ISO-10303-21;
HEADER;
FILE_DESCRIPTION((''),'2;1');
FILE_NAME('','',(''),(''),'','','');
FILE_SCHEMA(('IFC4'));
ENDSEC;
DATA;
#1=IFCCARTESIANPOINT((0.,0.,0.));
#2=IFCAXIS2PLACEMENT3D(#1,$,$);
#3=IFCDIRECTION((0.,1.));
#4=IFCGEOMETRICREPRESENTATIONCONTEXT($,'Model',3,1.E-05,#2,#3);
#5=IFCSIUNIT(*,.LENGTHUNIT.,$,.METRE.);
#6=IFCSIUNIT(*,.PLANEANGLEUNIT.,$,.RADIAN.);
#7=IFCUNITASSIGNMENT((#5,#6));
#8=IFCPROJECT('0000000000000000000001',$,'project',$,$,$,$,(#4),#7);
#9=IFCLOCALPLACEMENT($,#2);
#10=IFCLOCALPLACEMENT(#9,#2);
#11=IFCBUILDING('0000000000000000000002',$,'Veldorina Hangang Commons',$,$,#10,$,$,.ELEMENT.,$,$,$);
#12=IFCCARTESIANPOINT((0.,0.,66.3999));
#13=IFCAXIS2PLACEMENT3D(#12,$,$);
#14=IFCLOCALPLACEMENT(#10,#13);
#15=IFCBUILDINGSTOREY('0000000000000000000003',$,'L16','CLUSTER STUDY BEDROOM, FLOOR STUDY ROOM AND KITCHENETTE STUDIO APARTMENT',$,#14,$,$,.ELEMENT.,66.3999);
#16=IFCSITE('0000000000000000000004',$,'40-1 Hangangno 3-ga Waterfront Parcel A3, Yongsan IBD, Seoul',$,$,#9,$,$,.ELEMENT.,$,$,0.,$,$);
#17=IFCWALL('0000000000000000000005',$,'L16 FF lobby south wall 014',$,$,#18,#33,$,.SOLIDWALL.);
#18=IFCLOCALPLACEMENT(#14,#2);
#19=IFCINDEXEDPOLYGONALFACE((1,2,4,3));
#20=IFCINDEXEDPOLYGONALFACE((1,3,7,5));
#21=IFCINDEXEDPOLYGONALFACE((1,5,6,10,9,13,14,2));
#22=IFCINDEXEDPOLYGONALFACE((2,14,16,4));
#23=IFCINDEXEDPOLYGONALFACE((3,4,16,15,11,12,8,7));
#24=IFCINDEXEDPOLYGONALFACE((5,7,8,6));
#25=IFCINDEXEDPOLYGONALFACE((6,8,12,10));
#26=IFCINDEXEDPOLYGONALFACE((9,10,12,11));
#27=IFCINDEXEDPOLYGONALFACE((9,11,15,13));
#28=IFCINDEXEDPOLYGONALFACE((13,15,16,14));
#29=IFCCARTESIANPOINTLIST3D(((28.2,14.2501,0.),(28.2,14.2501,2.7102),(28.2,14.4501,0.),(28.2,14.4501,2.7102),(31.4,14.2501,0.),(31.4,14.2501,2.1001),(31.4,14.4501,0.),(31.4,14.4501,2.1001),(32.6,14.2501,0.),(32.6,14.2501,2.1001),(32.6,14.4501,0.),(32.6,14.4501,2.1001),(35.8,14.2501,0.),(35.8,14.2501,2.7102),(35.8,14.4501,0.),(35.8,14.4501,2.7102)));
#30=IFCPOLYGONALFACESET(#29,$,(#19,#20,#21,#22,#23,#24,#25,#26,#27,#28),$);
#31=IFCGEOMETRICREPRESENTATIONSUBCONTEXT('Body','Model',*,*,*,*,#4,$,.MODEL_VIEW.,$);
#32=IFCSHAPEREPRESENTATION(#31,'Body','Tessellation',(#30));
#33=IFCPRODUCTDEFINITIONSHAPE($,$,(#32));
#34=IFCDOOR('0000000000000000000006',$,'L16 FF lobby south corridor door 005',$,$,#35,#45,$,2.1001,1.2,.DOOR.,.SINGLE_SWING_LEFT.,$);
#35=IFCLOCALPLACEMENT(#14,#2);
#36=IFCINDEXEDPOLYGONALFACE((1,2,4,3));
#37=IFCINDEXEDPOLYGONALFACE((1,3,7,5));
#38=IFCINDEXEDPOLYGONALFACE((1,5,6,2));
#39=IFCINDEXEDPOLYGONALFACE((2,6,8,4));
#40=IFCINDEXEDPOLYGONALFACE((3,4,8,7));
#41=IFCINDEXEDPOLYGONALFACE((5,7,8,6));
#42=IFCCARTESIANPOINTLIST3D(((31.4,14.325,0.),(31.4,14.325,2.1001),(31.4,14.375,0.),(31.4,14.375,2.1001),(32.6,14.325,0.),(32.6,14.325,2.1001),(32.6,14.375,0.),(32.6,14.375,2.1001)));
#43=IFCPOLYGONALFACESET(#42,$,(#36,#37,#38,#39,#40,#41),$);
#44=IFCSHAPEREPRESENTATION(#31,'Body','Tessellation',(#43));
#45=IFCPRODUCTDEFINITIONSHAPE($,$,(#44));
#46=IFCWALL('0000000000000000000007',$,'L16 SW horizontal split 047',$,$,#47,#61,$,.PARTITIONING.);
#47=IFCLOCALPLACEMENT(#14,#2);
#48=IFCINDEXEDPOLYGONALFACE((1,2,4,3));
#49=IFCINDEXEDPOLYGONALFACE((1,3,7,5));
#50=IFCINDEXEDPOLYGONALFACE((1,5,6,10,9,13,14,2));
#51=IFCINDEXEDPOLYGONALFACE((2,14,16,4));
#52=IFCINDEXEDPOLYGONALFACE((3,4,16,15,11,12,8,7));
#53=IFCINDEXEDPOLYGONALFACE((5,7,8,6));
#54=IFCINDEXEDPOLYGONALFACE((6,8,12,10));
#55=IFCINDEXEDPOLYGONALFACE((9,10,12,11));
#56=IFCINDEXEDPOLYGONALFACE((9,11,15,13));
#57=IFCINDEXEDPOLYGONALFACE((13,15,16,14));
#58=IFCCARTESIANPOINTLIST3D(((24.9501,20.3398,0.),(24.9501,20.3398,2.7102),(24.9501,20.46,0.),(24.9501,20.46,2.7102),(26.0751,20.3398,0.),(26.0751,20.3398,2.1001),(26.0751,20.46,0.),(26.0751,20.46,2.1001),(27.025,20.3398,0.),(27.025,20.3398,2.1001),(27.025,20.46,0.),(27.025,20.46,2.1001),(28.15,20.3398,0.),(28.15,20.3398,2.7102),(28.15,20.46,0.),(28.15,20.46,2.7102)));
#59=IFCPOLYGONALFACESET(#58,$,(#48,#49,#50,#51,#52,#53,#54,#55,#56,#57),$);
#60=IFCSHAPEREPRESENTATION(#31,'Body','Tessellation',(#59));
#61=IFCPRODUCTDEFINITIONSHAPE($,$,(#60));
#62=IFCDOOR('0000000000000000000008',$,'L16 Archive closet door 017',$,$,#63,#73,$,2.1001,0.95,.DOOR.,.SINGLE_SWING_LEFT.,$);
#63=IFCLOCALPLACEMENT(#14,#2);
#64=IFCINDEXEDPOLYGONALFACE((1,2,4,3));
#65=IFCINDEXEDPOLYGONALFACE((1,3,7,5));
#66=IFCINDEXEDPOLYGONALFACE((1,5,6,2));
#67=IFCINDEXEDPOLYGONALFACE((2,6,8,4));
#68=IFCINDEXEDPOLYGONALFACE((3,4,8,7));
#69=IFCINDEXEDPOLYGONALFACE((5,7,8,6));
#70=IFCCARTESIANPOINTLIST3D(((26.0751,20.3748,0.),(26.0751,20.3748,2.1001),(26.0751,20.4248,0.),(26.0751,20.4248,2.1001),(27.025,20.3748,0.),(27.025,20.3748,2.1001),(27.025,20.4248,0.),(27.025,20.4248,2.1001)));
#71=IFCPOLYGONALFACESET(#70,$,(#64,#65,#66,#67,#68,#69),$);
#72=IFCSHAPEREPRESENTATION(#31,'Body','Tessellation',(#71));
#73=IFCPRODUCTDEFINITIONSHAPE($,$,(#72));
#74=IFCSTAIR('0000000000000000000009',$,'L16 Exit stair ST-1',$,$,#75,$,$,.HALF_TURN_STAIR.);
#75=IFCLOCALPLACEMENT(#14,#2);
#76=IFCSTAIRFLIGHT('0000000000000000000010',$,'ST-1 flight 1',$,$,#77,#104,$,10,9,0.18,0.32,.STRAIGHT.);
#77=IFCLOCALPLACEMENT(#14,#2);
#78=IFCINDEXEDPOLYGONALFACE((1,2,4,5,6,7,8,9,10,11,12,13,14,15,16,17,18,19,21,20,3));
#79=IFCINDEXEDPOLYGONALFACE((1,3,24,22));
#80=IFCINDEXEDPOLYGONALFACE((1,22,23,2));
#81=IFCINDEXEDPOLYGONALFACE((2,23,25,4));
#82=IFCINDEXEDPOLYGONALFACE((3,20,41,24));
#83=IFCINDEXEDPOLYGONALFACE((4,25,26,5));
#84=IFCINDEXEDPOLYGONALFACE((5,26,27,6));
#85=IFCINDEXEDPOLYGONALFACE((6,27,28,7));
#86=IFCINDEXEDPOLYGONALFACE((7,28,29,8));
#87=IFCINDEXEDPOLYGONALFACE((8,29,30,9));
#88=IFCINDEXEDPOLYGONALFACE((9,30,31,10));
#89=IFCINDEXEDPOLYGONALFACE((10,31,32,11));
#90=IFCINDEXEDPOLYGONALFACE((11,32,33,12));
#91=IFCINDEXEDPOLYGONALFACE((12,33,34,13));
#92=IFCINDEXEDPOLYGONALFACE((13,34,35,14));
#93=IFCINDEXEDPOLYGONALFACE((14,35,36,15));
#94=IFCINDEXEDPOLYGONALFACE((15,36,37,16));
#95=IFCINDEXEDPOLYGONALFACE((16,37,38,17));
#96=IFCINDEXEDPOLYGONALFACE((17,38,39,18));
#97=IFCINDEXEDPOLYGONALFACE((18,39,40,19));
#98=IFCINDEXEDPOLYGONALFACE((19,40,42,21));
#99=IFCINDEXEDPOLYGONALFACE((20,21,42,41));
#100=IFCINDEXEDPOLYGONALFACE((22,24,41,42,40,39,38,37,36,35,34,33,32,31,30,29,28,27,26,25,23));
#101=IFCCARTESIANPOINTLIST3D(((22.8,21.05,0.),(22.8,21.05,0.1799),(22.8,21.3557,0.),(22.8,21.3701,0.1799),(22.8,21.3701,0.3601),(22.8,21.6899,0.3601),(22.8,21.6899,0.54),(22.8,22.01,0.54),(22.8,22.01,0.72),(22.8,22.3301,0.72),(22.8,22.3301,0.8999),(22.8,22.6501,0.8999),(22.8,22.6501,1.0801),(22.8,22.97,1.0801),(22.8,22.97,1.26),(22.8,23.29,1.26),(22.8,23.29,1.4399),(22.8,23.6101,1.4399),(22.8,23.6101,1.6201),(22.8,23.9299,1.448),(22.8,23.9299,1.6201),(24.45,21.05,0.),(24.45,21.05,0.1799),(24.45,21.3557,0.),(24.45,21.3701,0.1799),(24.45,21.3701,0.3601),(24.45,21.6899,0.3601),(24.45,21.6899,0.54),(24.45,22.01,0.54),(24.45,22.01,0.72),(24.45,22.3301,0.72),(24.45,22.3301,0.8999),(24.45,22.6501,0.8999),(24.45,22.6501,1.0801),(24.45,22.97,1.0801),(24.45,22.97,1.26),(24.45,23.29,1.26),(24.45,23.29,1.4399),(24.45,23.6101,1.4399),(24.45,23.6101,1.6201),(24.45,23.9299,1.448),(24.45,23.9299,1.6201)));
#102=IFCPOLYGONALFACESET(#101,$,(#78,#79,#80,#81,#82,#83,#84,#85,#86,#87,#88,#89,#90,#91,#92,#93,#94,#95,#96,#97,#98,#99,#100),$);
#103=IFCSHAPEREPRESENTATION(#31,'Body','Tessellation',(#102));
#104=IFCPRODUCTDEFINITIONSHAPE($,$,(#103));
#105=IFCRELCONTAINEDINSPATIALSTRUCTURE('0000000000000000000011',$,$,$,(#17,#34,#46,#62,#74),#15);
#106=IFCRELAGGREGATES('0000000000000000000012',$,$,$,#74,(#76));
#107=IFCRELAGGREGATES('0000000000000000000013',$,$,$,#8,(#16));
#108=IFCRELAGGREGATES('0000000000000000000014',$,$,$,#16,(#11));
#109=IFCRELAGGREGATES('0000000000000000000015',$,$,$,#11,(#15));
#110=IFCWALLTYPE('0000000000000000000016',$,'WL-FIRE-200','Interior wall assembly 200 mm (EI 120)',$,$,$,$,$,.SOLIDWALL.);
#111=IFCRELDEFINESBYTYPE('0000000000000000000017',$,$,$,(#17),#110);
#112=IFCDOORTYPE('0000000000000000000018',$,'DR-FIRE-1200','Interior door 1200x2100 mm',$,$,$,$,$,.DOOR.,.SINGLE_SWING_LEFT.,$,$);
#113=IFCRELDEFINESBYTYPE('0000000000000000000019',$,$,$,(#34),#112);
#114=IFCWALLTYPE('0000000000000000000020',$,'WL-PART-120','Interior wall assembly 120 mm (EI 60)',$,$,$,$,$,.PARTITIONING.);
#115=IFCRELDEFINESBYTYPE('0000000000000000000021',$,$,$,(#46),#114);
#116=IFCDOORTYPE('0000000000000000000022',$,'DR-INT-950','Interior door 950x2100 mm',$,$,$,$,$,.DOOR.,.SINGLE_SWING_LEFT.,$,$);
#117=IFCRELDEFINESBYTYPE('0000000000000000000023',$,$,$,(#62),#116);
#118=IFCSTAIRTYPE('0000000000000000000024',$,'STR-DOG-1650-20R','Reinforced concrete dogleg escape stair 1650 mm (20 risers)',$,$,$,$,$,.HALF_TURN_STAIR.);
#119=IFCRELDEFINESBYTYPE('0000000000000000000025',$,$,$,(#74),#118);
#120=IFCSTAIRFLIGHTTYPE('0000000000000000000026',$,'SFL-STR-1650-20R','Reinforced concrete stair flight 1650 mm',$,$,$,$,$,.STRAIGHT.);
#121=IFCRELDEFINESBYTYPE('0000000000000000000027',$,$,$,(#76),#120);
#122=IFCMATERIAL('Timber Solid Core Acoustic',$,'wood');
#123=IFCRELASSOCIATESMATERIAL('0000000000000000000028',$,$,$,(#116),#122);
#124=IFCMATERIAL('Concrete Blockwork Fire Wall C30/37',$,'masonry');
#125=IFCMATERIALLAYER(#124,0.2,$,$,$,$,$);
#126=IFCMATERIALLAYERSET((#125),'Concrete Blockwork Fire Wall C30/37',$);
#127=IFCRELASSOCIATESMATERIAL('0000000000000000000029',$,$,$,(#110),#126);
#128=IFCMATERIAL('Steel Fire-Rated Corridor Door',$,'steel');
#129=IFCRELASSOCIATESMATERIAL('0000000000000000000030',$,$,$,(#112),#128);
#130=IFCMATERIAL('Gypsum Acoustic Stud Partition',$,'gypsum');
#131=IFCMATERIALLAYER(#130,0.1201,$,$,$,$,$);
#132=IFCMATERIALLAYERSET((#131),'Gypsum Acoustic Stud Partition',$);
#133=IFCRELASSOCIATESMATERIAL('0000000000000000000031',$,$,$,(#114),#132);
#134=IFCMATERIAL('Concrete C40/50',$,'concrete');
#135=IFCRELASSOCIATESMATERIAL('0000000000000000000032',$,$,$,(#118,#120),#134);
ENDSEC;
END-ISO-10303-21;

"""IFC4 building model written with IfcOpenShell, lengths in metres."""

from ifc_helpers import new_model, si_unit, direction, frame, frame_2d, origin, place, context, subcontext, project, spatial, polyline, rectangle, outline, extrude, material, layer, layer_set, type_object, element, fill, aggregate, save


model = new_model("IFC4")

# Units and contexts
model_context = context("Model", 3, precision=1e-05, world=origin(), true_north=direction((0.0, 1.0)))
body_context = subcontext(model_context, "Body", "Model", "MODEL_VIEW")
ifc_project = project(units=[si_unit("LENGTHUNIT", "METRE"), si_unit("PLANEANGLEUNIT", "RADIAN")], contexts=[model_context])

# Site, building, storey
site_placement = place(None, origin())
site = spatial("IfcSite", under=ifc_project, at=site_placement, Name="40-1 Hangangno 3-ga Waterfront Parcel A3, Yongsan IBD, Seoul", CompositionType="ELEMENT", RefElevation=0.0)
building_placement = place(site_placement, origin())
building = spatial("IfcBuilding", under=site, at=building_placement, Name="Veldorina Hangang Commons", CompositionType="ELEMENT")
storey_placement = place(building_placement, frame((0.0, 0.0, 66.3999)))
storey = spatial("IfcBuildingStorey", under=building, at=storey_placement, Name="L16", Description="CLUSTER STUDY BEDROOM, FLOOR STUDY ROOM AND KITCHENETTE STUDIO APARTMENT", CompositionType="ELEMENT", Elevation=66.3999)

# Shared definitions
ifc_material_1 = material(Name="Timber Solid Core Acoustic", Category="wood")
door_type_1 = type_object("IfcDoorType", Name="DR-INT-950", Description="Interior door 950x2100 mm", OperationType="SINGLE_SWING_LEFT", PredefinedType="DOOR", material=ifc_material_1)

# Shared definitions
ifc_material_2 = material(Name="Concrete Blockwork Fire Wall C30/37", Category="masonry")
ifc_layer_1 = layer(ifc_material_2, 0.2)
ifc_layer_set_1 = layer_set([ifc_layer_1], Name="Concrete Blockwork Fire Wall C30/37")
wall_type_1 = type_object("IfcWallType", Name="WL-FIRE-200", Description="Interior wall assembly 200 mm (EI 120)", PredefinedType="SOLIDWALL", material=ifc_layer_set_1)

# Walls, openings, doors
wall_1_placement = place(storey_placement, frame((28.2, 14.3501, 0.0), z_axis=(0.0, 0.0, 1.0), x_axis=(1.0, 0.0, 0.0)))
wall_1 = element("IfcWall", 1, at=wall_1_placement, inside=storey, type_object=wall_type_1, Name="L16 FF lobby south wall 014", PredefinedType="SOLIDWALL", context=body_context, shape_type="SweptSolid", body=[
    extrude(rectangle(XDim=7.6001, YDim=0.2, at=frame_2d((3.8, 0.0))), origin(), (0.0, 0.0, 1.0), 2.7102),
])
opening_1_placement = place(wall_1_placement, frame((3.2, 0.0, 0.0)))
opening_1 = element("IfcOpeningElement", 2, at=opening_1_placement, cuts=wall_1, PredefinedType="OPENING", context=body_context, shape_type="SweptSolid", body=[
    extrude(rectangle(XDim=1.2, YDim=2.1001, at=frame_2d((0.6001, 1.05))), frame((0.0, 0.1099, 0.0), z_axis=(0.0, -1.0, 0.0), x_axis=(1.0, 0.0, 0.0)), (0.0, 0.0, 1.0), 0.22),
])
ifc_material_3 = material(Name="Steel Fire-Rated Corridor Door", Category="steel")
door_type_2 = type_object("IfcDoorType", Name="DR-FIRE-1200", Description="Interior door 1200x2100 mm", OperationType="SINGLE_SWING_LEFT", PredefinedType="DOOR", material=ifc_material_3)
door_1_placement = place(opening_1_placement, origin())
door_1 = element("IfcDoor", 3, at=door_1_placement, inside=storey, type_object=door_type_2, Name="L16 FF lobby south corridor door 005", OperationType="SINGLE_SWING_LEFT", OverallHeight=2.1001, OverallWidth=1.2, PredefinedType="DOOR", context=body_context, shape_type="SweptSolid", body=[
    extrude(rectangle(XDim=1.2, YDim=2.1001, at=frame_2d((0.6001, 1.05))), frame((0.0, 0.0249, 0.0), z_axis=(0.0, -1.0, 0.0), x_axis=(1.0, 0.0, 0.0)), (0.0, 0.0, 1.0), 0.05),
])
fill(opening_1, door_1)
ifc_material_4 = material(Name="Gypsum Acoustic Stud Partition", Category="gypsum")
ifc_layer_2 = layer(ifc_material_4, 0.1201)
ifc_layer_set_2 = layer_set([ifc_layer_2], Name="Gypsum Acoustic Stud Partition")
wall_type_2 = type_object("IfcWallType", Name="WL-PART-120", Description="Interior wall assembly 120 mm (EI 60)", PredefinedType="PARTITIONING", material=ifc_layer_set_2)
wall_2_placement = place(storey_placement, frame((24.95, 20.3999, 0.0), z_axis=(0.0, 0.0, 1.0), x_axis=(1.0, 0.0, 0.0)))
wall_2 = element("IfcWall", 4, at=wall_2_placement, inside=storey, type_object=wall_type_2, Name="L16 SW horizontal split 047", PredefinedType="PARTITIONING", context=body_context, shape_type="SweptSolid", body=[
    extrude(rectangle(XDim=3.2, YDim=0.1201, at=frame_2d((1.6001, 0.0))), origin(), (0.0, 0.0, 1.0), 2.7102),
])
opening_2_placement = place(wall_2_placement, frame((1.125, 0.0, 0.0)))
opening_2 = element("IfcOpeningElement", 5, at=opening_2_placement, cuts=wall_2, PredefinedType="OPENING", context=body_context, shape_type="SweptSolid", body=[
    extrude(rectangle(XDim=0.95, YDim=2.1001, at=frame_2d((0.4751, 1.05))), frame((0.0, 0.0701, 0.0), z_axis=(0.0, -1.0, 0.0), x_axis=(1.0, 0.0, 0.0)), (0.0, 0.0, 1.0), 0.1401),
])
door_2_placement = place(opening_2_placement, origin())
door_2 = element("IfcDoor", 6, at=door_2_placement, inside=storey, type_object=door_type_1, Name="L16 Archive closet door 017", OperationType="SINGLE_SWING_LEFT", OverallHeight=2.1001, OverallWidth=0.95, PredefinedType="DOOR", context=body_context, shape_type="SweptSolid", body=[
    extrude(rectangle(XDim=0.95, YDim=2.1001, at=frame_2d((0.4751, 1.05))), frame((0.0, 0.0249, 0.0), z_axis=(0.0, -1.0, 0.0), x_axis=(1.0, 0.0, 0.0)), (0.0, 0.0, 1.0), 0.05),
])
fill(opening_2, door_2)

# Stair, stair flight
ifc_material_5 = material(Name="Concrete C40/50", Category="concrete")
stair_type = type_object("IfcStairType", Name="STR-DOG-1650-20R", Description="Reinforced concrete dogleg escape stair 1650 mm (20 risers)", PredefinedType="HALF_TURN_STAIR", material=ifc_material_5)
stair_placement = place(storey_placement, origin())
stair = element("IfcStair", 7, at=stair_placement, inside=storey, type_object=stair_type, Name="L16 Exit stair ST-1", PredefinedType="HALF_TURN_STAIR")
stair_flight_type = type_object("IfcStairFlightType", Name="SFL-STR-1650-20R", Description="Reinforced concrete stair flight 1650 mm", PredefinedType="STRAIGHT", material=ifc_material_5)
stair_flight_placement = place(storey_placement, frame((23.625, 21.05, 0.0), z_axis=(0.0, 0.0, 1.0), x_axis=(0.0, 1.0, 0.0)))
stair_flight = element("IfcStairFlight", 8, at=stair_flight_placement, type_object=stair_flight_type, Name="ST-1 flight 1", NumberOfRisers=10, NumberOfTreads=9, PredefinedType="STRAIGHT", RiserHeight=0.18, TreadLength=0.32, context=body_context, shape_type="SweptSolid", body=[
    extrude(outline(polyline([(0.0, 0.0), (0.0, 0.1799), (0.3201, 0.1799), (0.3201, 0.3601), (0.6399, 0.3601), (0.6399, 0.54), (0.96, 0.54), (0.96, 0.72), (1.28, 0.72), (1.28, 0.8999), (1.6001, 0.8999), (1.6001, 1.0801), (1.9199, 1.0801), (1.9199, 1.26), (2.24, 1.26), (2.24, 1.4399), (2.5601, 1.4399), (2.5601, 1.6201), (2.8799, 1.6201), (2.8799, 1.8), (2.8799, 1.448), (0.3057, 0.0), (0.0, 0.0)])), frame((0.0, 0.825, 0.0), z_axis=(0.0, -1.0, 0.0), x_axis=(1.0, 0.0, 0.0)), (0.0, 0.0, 1.0), 1.6499),
])
aggregate(stair, [stair_flight])

save(model, "model.ifc")
